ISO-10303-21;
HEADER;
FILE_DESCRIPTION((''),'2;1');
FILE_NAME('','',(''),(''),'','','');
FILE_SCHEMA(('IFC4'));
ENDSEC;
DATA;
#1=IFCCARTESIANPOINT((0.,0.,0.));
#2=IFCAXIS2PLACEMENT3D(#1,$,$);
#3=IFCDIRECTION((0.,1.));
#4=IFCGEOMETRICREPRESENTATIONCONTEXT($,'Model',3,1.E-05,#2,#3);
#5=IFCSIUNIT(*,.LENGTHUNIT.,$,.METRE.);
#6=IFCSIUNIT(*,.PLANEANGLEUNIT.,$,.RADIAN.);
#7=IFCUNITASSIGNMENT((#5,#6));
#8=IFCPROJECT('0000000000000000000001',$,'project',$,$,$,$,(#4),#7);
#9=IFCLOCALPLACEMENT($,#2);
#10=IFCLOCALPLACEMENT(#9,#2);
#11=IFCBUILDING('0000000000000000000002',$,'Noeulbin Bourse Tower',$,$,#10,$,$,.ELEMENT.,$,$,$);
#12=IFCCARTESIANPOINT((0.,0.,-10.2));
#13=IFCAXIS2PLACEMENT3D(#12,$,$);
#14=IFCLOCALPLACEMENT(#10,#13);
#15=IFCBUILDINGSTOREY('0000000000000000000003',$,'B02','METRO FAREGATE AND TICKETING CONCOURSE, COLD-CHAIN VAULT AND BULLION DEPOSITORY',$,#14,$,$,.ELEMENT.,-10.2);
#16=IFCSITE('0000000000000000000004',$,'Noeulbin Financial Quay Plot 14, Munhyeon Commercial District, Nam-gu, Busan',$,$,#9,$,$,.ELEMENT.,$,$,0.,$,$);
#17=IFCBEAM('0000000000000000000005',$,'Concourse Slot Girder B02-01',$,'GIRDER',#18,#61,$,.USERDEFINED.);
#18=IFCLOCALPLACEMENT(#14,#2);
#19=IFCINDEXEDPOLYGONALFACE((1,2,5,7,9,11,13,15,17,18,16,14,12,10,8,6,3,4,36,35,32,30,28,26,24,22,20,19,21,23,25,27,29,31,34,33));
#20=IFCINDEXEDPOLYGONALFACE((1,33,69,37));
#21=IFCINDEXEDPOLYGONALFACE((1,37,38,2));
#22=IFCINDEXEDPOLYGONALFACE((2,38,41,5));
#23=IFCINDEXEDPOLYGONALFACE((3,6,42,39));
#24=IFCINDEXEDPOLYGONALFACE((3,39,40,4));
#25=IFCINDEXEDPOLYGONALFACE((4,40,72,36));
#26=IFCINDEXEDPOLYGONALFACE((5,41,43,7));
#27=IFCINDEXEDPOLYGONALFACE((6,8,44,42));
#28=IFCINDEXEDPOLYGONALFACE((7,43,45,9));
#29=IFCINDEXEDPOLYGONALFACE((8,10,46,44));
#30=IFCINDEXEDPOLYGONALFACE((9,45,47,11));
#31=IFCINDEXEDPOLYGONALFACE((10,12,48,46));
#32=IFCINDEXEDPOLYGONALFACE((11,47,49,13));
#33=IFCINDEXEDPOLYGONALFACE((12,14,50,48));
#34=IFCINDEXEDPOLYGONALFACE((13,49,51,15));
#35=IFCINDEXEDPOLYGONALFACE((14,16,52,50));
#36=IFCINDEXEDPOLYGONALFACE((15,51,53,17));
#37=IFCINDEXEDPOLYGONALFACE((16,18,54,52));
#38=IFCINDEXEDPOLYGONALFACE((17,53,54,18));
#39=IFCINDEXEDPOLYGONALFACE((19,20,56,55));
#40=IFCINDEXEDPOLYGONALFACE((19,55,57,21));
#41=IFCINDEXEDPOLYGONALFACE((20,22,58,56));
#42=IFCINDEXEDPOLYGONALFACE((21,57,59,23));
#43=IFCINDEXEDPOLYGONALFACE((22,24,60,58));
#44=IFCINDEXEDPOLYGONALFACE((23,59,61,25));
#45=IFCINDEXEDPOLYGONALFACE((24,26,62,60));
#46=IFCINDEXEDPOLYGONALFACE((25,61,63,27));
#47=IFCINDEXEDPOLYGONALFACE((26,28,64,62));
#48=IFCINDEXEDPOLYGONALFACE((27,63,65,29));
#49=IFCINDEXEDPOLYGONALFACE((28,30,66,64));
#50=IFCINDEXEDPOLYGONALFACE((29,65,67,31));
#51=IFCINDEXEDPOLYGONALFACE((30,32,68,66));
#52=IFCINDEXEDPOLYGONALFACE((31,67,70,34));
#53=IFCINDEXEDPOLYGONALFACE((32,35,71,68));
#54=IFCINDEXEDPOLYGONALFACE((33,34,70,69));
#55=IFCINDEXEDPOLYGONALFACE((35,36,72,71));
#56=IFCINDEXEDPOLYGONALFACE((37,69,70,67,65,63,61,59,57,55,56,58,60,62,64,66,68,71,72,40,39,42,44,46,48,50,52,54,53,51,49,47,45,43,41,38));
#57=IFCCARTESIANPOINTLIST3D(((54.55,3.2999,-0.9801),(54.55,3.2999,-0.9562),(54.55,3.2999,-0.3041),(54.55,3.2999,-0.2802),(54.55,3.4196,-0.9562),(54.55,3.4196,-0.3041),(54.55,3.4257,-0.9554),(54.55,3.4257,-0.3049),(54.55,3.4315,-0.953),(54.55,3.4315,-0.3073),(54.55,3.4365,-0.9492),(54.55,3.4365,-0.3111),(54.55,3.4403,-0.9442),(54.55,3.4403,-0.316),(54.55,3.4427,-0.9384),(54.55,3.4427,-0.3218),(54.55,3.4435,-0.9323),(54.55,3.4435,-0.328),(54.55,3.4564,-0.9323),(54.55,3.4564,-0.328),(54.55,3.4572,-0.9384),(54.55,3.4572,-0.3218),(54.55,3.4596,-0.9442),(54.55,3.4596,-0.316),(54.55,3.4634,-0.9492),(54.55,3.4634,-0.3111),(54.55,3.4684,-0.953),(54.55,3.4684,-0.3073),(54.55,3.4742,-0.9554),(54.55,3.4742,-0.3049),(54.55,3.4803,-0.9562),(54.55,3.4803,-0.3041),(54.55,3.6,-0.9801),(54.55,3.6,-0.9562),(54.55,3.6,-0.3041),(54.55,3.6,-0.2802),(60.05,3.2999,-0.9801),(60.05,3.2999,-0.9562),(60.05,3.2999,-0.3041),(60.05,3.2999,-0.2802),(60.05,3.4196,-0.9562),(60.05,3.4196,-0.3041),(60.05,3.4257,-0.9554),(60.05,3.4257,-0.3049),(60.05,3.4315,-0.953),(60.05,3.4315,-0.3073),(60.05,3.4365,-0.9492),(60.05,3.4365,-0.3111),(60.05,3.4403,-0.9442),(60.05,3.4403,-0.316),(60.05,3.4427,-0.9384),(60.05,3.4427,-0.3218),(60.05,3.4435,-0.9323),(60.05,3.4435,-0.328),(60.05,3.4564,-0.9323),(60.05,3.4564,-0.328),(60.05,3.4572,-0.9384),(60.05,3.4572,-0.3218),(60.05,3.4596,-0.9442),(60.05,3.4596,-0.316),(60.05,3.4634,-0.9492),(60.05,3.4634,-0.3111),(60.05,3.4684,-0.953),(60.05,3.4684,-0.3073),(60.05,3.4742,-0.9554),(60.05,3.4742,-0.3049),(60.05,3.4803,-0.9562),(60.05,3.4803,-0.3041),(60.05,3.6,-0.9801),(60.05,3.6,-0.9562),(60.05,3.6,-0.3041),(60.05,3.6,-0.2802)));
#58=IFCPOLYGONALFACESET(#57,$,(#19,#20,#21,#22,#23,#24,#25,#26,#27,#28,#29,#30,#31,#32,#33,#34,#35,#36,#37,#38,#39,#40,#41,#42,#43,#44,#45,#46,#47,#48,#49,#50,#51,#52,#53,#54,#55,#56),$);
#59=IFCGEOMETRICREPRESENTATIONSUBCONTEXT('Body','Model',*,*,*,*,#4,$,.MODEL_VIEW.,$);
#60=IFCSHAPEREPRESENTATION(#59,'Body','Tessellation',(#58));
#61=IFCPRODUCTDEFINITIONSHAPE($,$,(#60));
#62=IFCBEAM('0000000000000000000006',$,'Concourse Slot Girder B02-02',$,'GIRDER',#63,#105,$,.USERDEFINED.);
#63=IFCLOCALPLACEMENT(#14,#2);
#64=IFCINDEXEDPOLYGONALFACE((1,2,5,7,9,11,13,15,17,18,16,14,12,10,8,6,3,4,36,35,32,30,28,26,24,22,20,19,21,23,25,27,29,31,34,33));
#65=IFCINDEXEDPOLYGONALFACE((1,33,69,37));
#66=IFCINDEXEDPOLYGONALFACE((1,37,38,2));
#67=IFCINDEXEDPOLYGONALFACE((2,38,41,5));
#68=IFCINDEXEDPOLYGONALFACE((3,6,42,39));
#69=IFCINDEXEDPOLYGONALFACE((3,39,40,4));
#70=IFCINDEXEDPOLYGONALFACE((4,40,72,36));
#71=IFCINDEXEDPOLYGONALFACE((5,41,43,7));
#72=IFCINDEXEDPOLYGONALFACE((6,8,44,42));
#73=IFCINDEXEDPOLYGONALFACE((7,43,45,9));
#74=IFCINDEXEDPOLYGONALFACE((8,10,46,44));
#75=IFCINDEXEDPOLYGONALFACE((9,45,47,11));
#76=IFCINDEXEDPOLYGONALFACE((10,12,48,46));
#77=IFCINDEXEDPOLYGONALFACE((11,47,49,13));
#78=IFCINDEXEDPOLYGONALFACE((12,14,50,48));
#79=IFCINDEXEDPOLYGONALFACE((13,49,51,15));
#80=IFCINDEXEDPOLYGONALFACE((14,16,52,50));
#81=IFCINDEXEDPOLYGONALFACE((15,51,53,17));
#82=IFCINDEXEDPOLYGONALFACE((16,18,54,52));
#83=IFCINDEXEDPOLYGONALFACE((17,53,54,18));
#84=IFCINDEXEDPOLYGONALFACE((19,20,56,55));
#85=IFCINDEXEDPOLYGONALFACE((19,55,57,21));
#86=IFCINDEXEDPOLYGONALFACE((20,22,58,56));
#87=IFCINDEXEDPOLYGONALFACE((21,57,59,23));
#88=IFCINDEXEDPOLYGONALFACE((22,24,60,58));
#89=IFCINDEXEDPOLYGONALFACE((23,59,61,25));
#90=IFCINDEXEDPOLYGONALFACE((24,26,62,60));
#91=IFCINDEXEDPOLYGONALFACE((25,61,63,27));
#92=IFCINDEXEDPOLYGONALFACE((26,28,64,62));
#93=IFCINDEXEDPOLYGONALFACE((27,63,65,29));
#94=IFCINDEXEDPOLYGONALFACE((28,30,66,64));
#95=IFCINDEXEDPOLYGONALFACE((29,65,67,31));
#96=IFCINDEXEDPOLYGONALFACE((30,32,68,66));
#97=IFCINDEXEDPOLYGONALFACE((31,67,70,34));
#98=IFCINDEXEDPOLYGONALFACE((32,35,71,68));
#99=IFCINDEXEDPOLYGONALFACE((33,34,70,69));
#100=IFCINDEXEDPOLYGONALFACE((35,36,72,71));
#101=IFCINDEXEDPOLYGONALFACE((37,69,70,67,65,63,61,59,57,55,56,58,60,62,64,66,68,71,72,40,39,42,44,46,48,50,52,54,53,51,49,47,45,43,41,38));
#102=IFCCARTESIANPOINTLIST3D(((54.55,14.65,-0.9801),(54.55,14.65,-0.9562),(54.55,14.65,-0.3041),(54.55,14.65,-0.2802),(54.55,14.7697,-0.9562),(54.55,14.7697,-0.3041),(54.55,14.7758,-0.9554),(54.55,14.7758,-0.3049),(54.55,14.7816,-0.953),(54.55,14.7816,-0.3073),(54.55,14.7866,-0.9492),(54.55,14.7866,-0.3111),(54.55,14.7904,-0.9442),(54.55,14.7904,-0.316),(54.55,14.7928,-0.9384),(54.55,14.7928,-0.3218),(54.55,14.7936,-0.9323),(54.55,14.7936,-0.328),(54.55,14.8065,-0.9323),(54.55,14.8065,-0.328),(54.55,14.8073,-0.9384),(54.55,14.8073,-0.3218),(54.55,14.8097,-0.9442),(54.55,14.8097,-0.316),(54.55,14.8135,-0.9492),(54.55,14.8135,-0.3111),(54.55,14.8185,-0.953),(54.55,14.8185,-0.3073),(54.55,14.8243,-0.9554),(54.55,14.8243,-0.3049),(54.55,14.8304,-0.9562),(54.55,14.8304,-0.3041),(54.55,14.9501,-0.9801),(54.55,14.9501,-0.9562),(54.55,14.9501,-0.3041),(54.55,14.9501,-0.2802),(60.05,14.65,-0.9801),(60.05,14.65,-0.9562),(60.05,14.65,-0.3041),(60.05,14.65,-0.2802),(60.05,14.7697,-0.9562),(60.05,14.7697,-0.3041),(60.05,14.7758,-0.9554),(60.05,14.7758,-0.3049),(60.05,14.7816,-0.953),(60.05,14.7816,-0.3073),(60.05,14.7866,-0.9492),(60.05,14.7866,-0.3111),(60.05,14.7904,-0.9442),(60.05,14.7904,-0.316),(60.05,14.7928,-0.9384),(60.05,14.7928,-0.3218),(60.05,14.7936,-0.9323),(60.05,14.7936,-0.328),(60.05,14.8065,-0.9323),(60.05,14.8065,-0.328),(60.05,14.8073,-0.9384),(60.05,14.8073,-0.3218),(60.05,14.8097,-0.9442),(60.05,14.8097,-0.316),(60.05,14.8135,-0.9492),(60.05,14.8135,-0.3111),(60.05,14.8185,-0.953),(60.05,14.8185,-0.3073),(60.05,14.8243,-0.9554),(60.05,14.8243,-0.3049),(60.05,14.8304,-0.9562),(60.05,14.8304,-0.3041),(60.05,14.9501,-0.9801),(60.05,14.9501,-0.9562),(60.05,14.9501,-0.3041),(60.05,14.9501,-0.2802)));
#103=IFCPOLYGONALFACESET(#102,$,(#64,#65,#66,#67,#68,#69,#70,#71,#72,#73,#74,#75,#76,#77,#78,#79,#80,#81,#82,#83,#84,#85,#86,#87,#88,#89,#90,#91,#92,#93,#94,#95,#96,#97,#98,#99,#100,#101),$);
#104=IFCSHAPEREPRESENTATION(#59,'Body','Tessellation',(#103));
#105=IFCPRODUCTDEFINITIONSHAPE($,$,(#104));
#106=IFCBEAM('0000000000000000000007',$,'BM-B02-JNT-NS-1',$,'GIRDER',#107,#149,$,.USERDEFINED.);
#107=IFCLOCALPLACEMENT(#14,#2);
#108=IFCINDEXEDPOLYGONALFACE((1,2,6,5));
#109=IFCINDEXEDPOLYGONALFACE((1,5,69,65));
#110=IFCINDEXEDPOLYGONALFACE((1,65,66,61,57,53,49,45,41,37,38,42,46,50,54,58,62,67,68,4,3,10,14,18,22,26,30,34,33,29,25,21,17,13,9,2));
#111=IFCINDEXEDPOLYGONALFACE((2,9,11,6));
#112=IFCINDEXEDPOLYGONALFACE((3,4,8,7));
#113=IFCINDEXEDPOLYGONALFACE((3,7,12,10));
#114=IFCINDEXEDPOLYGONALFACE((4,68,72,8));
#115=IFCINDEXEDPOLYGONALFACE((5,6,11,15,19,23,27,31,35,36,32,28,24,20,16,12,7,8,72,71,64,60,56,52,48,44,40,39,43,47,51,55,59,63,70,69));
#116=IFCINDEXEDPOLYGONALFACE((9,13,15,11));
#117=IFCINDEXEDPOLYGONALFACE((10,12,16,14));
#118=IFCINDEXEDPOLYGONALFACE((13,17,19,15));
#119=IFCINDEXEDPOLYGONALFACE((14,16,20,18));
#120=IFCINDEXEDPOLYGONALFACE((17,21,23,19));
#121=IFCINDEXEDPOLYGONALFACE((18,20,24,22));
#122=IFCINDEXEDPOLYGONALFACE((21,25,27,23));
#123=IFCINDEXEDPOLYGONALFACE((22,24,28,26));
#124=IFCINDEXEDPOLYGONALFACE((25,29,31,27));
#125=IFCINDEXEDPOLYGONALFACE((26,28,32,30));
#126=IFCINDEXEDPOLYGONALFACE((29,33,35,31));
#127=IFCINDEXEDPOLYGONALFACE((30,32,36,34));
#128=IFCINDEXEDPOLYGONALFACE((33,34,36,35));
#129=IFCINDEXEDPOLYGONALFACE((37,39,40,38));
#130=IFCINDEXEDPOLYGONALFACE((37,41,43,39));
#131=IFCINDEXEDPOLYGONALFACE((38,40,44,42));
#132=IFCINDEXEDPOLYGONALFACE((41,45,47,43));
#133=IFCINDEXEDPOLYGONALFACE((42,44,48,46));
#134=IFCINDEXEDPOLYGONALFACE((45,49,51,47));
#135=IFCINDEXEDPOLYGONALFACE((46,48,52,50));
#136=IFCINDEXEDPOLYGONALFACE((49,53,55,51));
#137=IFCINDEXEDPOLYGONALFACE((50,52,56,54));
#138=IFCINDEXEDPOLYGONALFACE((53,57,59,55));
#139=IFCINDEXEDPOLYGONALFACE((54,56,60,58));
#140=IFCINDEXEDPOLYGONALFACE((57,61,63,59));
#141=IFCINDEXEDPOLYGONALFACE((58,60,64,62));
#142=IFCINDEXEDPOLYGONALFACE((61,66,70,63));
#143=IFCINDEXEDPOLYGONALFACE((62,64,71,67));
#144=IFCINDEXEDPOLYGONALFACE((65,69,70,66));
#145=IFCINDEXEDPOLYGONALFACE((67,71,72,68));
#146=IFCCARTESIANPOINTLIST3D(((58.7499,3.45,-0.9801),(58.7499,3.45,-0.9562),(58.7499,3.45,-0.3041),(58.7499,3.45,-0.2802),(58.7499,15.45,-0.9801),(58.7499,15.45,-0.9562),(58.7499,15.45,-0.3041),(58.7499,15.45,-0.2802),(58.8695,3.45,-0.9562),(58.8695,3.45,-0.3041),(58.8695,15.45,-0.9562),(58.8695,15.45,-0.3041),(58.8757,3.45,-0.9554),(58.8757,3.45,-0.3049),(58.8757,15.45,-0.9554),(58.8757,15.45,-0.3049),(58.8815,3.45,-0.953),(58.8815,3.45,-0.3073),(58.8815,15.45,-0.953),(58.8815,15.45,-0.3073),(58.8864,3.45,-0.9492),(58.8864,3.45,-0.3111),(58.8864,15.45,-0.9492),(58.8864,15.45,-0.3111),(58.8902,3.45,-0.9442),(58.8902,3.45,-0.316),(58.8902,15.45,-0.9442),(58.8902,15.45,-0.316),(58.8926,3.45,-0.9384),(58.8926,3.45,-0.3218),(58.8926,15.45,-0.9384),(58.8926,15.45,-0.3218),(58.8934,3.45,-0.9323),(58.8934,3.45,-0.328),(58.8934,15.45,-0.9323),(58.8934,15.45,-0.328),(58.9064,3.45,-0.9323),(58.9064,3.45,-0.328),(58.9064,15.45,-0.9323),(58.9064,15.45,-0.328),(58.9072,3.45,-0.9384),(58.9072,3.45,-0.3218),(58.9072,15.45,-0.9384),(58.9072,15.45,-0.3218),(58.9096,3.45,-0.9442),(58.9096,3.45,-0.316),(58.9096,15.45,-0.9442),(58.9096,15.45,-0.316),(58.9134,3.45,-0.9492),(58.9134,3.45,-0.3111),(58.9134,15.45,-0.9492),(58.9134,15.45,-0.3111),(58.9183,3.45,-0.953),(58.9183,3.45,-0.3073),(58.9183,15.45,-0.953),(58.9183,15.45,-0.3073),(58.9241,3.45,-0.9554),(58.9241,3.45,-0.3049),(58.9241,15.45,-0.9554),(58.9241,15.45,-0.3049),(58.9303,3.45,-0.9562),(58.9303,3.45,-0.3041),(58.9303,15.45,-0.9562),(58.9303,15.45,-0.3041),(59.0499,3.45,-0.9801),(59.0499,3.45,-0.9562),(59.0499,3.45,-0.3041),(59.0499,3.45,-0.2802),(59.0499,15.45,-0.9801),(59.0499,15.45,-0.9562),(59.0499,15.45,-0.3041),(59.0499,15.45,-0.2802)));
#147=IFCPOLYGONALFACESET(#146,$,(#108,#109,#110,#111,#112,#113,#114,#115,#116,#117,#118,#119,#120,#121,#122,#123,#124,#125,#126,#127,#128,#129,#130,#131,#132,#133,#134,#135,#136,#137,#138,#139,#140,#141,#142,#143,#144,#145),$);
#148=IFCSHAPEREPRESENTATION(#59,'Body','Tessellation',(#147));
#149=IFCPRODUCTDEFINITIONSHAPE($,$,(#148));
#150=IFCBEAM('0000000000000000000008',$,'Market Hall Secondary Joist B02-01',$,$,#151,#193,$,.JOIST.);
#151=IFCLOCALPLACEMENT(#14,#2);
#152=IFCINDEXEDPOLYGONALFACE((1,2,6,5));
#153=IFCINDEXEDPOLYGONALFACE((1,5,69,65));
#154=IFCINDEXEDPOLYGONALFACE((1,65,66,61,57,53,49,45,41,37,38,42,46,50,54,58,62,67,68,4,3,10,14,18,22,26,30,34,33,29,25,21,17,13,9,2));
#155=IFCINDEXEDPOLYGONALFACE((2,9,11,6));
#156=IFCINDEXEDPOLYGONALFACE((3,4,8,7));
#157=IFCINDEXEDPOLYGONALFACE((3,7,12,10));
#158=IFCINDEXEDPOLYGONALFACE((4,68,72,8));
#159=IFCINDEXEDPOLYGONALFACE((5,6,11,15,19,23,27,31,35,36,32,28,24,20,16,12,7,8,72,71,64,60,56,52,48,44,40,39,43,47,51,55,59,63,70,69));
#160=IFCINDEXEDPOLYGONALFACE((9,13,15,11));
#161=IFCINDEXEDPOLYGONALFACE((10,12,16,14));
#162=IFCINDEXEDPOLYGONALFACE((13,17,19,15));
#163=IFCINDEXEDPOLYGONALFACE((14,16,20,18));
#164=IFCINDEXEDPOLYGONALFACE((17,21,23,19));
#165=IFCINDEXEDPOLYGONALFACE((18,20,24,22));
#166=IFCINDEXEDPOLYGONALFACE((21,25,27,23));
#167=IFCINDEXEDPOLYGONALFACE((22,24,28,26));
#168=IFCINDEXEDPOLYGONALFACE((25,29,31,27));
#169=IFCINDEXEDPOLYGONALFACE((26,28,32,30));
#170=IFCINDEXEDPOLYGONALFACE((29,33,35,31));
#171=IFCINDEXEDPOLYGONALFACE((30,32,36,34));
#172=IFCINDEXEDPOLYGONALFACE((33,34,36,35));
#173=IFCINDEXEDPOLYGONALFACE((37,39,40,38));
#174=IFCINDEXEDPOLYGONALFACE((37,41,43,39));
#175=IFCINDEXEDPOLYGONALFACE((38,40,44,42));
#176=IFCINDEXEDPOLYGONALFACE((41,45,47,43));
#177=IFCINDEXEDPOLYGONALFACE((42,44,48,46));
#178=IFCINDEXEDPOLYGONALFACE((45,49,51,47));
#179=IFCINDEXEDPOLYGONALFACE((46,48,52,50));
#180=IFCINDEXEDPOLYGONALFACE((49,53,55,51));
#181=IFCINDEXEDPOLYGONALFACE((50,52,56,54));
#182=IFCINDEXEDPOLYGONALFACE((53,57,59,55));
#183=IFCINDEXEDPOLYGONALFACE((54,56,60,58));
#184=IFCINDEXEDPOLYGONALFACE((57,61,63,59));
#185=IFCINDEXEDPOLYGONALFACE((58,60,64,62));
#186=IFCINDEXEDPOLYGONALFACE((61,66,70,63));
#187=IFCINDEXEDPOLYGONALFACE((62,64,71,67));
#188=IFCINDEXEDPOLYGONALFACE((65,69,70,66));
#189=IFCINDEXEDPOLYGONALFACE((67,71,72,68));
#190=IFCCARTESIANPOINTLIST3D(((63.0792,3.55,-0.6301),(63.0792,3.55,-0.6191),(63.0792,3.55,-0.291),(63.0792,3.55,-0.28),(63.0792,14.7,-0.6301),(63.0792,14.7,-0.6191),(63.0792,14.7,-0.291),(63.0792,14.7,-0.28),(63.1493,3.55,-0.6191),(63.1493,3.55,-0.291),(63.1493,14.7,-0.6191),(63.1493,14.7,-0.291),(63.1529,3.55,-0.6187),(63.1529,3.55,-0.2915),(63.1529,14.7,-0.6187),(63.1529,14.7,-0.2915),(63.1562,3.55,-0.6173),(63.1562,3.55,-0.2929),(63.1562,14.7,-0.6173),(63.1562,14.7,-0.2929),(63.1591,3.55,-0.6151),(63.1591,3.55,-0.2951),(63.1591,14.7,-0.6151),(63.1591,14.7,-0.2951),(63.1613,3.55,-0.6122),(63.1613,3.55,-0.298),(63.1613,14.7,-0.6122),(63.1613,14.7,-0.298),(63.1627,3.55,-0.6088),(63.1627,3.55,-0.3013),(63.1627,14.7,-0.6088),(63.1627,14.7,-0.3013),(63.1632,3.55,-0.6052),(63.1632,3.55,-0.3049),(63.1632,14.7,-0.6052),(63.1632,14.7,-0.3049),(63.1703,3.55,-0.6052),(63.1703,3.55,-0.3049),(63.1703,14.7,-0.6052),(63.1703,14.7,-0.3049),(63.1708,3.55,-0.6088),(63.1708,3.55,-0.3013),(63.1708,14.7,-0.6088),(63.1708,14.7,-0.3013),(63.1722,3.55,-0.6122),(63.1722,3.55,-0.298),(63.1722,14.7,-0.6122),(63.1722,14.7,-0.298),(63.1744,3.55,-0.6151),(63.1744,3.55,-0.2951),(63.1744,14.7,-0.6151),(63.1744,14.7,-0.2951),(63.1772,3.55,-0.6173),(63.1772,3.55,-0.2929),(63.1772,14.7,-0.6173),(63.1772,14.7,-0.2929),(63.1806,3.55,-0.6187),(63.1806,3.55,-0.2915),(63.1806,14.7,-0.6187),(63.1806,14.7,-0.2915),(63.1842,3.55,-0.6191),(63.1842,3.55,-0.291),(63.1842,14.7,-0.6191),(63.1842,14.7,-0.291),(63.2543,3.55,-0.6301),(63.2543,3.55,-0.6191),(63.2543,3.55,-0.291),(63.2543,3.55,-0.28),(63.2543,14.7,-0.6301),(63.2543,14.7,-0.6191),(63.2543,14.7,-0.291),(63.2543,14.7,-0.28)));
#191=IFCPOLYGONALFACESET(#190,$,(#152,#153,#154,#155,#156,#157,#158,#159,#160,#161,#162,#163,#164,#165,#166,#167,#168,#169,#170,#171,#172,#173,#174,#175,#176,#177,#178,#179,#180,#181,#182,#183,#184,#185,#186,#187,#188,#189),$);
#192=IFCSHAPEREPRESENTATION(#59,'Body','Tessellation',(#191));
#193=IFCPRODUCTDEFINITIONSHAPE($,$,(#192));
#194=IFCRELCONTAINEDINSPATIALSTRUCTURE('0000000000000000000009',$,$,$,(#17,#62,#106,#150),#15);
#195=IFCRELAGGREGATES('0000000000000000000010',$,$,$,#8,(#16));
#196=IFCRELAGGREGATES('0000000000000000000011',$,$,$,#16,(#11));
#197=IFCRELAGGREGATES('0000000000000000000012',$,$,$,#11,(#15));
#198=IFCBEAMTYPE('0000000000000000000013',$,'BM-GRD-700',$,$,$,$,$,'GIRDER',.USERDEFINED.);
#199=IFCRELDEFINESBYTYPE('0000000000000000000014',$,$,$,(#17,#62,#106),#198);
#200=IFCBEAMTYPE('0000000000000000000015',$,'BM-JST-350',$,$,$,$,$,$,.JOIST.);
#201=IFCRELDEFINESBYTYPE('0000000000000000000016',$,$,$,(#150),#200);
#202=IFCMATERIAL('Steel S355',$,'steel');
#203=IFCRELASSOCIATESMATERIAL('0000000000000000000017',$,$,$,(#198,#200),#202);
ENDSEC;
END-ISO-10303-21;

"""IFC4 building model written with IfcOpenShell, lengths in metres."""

from ifc_helpers import new_model, si_unit, direction, frame, origin, origin_2d, place, context, subcontext, project, spatial, i_section, extrude, material, material_profile, profile_set, type_object, element, save


model = new_model("IFC4")

# Units and contexts
model_context = context("Model", 3, precision=1e-05, world=origin(), true_north=direction((0.0, 1.0)))
body_context = subcontext(model_context, "Body", "Model", "MODEL_VIEW")
ifc_project = project(units=[si_unit("LENGTHUNIT", "METRE"), si_unit("PLANEANGLEUNIT", "RADIAN")], contexts=[model_context])

# Site, building, storey
site_placement = place(None, origin())
site = spatial("IfcSite", under=ifc_project, at=site_placement, Name="Noeulbin Financial Quay Plot 14, Munhyeon Commercial District, Nam-gu, Busan", CompositionType="ELEMENT", RefElevation=0.0)
building_placement = place(site_placement, origin())
building = spatial("IfcBuilding", under=site, at=building_placement, Name="Noeulbin Bourse Tower", CompositionType="ELEMENT")
storey_placement = place(building_placement, frame((0.0, 0.0, -10.2)))
storey = spatial("IfcBuildingStorey", under=building, at=storey_placement, Name="B02", Description="METRO FAREGATE AND TICKETING CONCOURSE, COLD-CHAIN VAULT AND BULLION DEPOSITORY", CompositionType="ELEMENT", Elevation=-10.2)

# Beams
ifc_material_1 = material(Name="Steel S355", Category="steel")
ifc_material_profile_1 = material_profile(ifc_material_1, i_section(OverallWidth=0.3, OverallDepth=0.7, WebThickness=0.0129, FlangeThickness=0.0239, FilletRadius=0.0239, at=origin_2d()), Name="H-700x300x13x24", Category="LoadBearing")
ifc_profile_set_1 = profile_set([ifc_material_profile_1], Name="Steel S355")
beam_type_1 = type_object("IfcBeamType", Name="BM-GRD-700", ElementType="GIRDER", PredefinedType="USERDEFINED", material=ifc_profile_set_1)
for number, where, z_axis, x_axis, name in (
    (1, (54.55, 3.45, -0.6301), (1.0, 0.0, 0.0), (0.0, 1.0, 0.0), "Concourse Slot Girder B02-01"),
    (2, (54.55, 14.8, -0.6301), (1.0, 0.0, 0.0), (0.0, 1.0, 0.0), "Concourse Slot Girder B02-02"),
):
    element("IfcBeam", number, at=place(storey_placement, frame(where, z_axis=z_axis, x_axis=x_axis)), inside=storey, type_object=beam_type_1, Name=name, ObjectType="GIRDER", PredefinedType="USERDEFINED", context=body_context, shape_type="SweptSolid", body=[
        extrude(i_section(OverallWidth=0.3, OverallDepth=0.7, WebThickness=0.0129, FlangeThickness=0.0239, FilletRadius=0.0239, at=origin_2d()), origin(), (0.0, 0.0, 1.0), 5.5),
    ])
beam_1_placement = place(storey_placement, frame((58.8999, 3.45, -0.6301), z_axis=(0.0, 1.0, 0.0), x_axis=(-1.0, 0.0, 0.0)))
element("IfcBeam", 3, at=beam_1_placement, inside=storey, type_object=beam_type_1, Name="BM-B02-JNT-NS-1", ObjectType="GIRDER", PredefinedType="USERDEFINED", context=body_context, shape_type="SweptSolid", body=[
    extrude(i_section(OverallWidth=0.3, OverallDepth=0.7, WebThickness=0.0129, FlangeThickness=0.0239, FilletRadius=0.0239, at=origin_2d()), origin(), (0.0, 0.0, 1.0), 12.0),
])
ifc_material_profile_2 = material_profile(ifc_material_1, i_section(OverallWidth=0.175, OverallDepth=0.3501, WebThickness=0.0071, FlangeThickness=0.011, FilletRadius=0.0139, at=origin_2d()), Name="H-350x175x7x11", Category="LoadBearing")
ifc_profile_set_2 = profile_set([ifc_material_profile_2], Name="Steel S355")
beam_type_2 = type_object("IfcBeamType", Name="BM-JST-350", PredefinedType="JOIST", material=ifc_profile_set_2)
beam_2_placement = place(storey_placement, frame((63.1667, 3.55, -0.4551), z_axis=(0.0, 1.0, 0.0), x_axis=(-1.0, 0.0, 0.0)))
element("IfcBeam", 4, at=beam_2_placement, inside=storey, type_object=beam_type_2, Name="Market Hall Secondary Joist B02-01", PredefinedType="JOIST", context=body_context, shape_type="SweptSolid", body=[
    extrude(i_section(OverallWidth=0.175, OverallDepth=0.3501, WebThickness=0.0071, FlangeThickness=0.011, FilletRadius=0.0139, at=origin_2d()), origin(), (0.0, 0.0, 1.0), 11.1499),
])

save(model, "model.ifc")
